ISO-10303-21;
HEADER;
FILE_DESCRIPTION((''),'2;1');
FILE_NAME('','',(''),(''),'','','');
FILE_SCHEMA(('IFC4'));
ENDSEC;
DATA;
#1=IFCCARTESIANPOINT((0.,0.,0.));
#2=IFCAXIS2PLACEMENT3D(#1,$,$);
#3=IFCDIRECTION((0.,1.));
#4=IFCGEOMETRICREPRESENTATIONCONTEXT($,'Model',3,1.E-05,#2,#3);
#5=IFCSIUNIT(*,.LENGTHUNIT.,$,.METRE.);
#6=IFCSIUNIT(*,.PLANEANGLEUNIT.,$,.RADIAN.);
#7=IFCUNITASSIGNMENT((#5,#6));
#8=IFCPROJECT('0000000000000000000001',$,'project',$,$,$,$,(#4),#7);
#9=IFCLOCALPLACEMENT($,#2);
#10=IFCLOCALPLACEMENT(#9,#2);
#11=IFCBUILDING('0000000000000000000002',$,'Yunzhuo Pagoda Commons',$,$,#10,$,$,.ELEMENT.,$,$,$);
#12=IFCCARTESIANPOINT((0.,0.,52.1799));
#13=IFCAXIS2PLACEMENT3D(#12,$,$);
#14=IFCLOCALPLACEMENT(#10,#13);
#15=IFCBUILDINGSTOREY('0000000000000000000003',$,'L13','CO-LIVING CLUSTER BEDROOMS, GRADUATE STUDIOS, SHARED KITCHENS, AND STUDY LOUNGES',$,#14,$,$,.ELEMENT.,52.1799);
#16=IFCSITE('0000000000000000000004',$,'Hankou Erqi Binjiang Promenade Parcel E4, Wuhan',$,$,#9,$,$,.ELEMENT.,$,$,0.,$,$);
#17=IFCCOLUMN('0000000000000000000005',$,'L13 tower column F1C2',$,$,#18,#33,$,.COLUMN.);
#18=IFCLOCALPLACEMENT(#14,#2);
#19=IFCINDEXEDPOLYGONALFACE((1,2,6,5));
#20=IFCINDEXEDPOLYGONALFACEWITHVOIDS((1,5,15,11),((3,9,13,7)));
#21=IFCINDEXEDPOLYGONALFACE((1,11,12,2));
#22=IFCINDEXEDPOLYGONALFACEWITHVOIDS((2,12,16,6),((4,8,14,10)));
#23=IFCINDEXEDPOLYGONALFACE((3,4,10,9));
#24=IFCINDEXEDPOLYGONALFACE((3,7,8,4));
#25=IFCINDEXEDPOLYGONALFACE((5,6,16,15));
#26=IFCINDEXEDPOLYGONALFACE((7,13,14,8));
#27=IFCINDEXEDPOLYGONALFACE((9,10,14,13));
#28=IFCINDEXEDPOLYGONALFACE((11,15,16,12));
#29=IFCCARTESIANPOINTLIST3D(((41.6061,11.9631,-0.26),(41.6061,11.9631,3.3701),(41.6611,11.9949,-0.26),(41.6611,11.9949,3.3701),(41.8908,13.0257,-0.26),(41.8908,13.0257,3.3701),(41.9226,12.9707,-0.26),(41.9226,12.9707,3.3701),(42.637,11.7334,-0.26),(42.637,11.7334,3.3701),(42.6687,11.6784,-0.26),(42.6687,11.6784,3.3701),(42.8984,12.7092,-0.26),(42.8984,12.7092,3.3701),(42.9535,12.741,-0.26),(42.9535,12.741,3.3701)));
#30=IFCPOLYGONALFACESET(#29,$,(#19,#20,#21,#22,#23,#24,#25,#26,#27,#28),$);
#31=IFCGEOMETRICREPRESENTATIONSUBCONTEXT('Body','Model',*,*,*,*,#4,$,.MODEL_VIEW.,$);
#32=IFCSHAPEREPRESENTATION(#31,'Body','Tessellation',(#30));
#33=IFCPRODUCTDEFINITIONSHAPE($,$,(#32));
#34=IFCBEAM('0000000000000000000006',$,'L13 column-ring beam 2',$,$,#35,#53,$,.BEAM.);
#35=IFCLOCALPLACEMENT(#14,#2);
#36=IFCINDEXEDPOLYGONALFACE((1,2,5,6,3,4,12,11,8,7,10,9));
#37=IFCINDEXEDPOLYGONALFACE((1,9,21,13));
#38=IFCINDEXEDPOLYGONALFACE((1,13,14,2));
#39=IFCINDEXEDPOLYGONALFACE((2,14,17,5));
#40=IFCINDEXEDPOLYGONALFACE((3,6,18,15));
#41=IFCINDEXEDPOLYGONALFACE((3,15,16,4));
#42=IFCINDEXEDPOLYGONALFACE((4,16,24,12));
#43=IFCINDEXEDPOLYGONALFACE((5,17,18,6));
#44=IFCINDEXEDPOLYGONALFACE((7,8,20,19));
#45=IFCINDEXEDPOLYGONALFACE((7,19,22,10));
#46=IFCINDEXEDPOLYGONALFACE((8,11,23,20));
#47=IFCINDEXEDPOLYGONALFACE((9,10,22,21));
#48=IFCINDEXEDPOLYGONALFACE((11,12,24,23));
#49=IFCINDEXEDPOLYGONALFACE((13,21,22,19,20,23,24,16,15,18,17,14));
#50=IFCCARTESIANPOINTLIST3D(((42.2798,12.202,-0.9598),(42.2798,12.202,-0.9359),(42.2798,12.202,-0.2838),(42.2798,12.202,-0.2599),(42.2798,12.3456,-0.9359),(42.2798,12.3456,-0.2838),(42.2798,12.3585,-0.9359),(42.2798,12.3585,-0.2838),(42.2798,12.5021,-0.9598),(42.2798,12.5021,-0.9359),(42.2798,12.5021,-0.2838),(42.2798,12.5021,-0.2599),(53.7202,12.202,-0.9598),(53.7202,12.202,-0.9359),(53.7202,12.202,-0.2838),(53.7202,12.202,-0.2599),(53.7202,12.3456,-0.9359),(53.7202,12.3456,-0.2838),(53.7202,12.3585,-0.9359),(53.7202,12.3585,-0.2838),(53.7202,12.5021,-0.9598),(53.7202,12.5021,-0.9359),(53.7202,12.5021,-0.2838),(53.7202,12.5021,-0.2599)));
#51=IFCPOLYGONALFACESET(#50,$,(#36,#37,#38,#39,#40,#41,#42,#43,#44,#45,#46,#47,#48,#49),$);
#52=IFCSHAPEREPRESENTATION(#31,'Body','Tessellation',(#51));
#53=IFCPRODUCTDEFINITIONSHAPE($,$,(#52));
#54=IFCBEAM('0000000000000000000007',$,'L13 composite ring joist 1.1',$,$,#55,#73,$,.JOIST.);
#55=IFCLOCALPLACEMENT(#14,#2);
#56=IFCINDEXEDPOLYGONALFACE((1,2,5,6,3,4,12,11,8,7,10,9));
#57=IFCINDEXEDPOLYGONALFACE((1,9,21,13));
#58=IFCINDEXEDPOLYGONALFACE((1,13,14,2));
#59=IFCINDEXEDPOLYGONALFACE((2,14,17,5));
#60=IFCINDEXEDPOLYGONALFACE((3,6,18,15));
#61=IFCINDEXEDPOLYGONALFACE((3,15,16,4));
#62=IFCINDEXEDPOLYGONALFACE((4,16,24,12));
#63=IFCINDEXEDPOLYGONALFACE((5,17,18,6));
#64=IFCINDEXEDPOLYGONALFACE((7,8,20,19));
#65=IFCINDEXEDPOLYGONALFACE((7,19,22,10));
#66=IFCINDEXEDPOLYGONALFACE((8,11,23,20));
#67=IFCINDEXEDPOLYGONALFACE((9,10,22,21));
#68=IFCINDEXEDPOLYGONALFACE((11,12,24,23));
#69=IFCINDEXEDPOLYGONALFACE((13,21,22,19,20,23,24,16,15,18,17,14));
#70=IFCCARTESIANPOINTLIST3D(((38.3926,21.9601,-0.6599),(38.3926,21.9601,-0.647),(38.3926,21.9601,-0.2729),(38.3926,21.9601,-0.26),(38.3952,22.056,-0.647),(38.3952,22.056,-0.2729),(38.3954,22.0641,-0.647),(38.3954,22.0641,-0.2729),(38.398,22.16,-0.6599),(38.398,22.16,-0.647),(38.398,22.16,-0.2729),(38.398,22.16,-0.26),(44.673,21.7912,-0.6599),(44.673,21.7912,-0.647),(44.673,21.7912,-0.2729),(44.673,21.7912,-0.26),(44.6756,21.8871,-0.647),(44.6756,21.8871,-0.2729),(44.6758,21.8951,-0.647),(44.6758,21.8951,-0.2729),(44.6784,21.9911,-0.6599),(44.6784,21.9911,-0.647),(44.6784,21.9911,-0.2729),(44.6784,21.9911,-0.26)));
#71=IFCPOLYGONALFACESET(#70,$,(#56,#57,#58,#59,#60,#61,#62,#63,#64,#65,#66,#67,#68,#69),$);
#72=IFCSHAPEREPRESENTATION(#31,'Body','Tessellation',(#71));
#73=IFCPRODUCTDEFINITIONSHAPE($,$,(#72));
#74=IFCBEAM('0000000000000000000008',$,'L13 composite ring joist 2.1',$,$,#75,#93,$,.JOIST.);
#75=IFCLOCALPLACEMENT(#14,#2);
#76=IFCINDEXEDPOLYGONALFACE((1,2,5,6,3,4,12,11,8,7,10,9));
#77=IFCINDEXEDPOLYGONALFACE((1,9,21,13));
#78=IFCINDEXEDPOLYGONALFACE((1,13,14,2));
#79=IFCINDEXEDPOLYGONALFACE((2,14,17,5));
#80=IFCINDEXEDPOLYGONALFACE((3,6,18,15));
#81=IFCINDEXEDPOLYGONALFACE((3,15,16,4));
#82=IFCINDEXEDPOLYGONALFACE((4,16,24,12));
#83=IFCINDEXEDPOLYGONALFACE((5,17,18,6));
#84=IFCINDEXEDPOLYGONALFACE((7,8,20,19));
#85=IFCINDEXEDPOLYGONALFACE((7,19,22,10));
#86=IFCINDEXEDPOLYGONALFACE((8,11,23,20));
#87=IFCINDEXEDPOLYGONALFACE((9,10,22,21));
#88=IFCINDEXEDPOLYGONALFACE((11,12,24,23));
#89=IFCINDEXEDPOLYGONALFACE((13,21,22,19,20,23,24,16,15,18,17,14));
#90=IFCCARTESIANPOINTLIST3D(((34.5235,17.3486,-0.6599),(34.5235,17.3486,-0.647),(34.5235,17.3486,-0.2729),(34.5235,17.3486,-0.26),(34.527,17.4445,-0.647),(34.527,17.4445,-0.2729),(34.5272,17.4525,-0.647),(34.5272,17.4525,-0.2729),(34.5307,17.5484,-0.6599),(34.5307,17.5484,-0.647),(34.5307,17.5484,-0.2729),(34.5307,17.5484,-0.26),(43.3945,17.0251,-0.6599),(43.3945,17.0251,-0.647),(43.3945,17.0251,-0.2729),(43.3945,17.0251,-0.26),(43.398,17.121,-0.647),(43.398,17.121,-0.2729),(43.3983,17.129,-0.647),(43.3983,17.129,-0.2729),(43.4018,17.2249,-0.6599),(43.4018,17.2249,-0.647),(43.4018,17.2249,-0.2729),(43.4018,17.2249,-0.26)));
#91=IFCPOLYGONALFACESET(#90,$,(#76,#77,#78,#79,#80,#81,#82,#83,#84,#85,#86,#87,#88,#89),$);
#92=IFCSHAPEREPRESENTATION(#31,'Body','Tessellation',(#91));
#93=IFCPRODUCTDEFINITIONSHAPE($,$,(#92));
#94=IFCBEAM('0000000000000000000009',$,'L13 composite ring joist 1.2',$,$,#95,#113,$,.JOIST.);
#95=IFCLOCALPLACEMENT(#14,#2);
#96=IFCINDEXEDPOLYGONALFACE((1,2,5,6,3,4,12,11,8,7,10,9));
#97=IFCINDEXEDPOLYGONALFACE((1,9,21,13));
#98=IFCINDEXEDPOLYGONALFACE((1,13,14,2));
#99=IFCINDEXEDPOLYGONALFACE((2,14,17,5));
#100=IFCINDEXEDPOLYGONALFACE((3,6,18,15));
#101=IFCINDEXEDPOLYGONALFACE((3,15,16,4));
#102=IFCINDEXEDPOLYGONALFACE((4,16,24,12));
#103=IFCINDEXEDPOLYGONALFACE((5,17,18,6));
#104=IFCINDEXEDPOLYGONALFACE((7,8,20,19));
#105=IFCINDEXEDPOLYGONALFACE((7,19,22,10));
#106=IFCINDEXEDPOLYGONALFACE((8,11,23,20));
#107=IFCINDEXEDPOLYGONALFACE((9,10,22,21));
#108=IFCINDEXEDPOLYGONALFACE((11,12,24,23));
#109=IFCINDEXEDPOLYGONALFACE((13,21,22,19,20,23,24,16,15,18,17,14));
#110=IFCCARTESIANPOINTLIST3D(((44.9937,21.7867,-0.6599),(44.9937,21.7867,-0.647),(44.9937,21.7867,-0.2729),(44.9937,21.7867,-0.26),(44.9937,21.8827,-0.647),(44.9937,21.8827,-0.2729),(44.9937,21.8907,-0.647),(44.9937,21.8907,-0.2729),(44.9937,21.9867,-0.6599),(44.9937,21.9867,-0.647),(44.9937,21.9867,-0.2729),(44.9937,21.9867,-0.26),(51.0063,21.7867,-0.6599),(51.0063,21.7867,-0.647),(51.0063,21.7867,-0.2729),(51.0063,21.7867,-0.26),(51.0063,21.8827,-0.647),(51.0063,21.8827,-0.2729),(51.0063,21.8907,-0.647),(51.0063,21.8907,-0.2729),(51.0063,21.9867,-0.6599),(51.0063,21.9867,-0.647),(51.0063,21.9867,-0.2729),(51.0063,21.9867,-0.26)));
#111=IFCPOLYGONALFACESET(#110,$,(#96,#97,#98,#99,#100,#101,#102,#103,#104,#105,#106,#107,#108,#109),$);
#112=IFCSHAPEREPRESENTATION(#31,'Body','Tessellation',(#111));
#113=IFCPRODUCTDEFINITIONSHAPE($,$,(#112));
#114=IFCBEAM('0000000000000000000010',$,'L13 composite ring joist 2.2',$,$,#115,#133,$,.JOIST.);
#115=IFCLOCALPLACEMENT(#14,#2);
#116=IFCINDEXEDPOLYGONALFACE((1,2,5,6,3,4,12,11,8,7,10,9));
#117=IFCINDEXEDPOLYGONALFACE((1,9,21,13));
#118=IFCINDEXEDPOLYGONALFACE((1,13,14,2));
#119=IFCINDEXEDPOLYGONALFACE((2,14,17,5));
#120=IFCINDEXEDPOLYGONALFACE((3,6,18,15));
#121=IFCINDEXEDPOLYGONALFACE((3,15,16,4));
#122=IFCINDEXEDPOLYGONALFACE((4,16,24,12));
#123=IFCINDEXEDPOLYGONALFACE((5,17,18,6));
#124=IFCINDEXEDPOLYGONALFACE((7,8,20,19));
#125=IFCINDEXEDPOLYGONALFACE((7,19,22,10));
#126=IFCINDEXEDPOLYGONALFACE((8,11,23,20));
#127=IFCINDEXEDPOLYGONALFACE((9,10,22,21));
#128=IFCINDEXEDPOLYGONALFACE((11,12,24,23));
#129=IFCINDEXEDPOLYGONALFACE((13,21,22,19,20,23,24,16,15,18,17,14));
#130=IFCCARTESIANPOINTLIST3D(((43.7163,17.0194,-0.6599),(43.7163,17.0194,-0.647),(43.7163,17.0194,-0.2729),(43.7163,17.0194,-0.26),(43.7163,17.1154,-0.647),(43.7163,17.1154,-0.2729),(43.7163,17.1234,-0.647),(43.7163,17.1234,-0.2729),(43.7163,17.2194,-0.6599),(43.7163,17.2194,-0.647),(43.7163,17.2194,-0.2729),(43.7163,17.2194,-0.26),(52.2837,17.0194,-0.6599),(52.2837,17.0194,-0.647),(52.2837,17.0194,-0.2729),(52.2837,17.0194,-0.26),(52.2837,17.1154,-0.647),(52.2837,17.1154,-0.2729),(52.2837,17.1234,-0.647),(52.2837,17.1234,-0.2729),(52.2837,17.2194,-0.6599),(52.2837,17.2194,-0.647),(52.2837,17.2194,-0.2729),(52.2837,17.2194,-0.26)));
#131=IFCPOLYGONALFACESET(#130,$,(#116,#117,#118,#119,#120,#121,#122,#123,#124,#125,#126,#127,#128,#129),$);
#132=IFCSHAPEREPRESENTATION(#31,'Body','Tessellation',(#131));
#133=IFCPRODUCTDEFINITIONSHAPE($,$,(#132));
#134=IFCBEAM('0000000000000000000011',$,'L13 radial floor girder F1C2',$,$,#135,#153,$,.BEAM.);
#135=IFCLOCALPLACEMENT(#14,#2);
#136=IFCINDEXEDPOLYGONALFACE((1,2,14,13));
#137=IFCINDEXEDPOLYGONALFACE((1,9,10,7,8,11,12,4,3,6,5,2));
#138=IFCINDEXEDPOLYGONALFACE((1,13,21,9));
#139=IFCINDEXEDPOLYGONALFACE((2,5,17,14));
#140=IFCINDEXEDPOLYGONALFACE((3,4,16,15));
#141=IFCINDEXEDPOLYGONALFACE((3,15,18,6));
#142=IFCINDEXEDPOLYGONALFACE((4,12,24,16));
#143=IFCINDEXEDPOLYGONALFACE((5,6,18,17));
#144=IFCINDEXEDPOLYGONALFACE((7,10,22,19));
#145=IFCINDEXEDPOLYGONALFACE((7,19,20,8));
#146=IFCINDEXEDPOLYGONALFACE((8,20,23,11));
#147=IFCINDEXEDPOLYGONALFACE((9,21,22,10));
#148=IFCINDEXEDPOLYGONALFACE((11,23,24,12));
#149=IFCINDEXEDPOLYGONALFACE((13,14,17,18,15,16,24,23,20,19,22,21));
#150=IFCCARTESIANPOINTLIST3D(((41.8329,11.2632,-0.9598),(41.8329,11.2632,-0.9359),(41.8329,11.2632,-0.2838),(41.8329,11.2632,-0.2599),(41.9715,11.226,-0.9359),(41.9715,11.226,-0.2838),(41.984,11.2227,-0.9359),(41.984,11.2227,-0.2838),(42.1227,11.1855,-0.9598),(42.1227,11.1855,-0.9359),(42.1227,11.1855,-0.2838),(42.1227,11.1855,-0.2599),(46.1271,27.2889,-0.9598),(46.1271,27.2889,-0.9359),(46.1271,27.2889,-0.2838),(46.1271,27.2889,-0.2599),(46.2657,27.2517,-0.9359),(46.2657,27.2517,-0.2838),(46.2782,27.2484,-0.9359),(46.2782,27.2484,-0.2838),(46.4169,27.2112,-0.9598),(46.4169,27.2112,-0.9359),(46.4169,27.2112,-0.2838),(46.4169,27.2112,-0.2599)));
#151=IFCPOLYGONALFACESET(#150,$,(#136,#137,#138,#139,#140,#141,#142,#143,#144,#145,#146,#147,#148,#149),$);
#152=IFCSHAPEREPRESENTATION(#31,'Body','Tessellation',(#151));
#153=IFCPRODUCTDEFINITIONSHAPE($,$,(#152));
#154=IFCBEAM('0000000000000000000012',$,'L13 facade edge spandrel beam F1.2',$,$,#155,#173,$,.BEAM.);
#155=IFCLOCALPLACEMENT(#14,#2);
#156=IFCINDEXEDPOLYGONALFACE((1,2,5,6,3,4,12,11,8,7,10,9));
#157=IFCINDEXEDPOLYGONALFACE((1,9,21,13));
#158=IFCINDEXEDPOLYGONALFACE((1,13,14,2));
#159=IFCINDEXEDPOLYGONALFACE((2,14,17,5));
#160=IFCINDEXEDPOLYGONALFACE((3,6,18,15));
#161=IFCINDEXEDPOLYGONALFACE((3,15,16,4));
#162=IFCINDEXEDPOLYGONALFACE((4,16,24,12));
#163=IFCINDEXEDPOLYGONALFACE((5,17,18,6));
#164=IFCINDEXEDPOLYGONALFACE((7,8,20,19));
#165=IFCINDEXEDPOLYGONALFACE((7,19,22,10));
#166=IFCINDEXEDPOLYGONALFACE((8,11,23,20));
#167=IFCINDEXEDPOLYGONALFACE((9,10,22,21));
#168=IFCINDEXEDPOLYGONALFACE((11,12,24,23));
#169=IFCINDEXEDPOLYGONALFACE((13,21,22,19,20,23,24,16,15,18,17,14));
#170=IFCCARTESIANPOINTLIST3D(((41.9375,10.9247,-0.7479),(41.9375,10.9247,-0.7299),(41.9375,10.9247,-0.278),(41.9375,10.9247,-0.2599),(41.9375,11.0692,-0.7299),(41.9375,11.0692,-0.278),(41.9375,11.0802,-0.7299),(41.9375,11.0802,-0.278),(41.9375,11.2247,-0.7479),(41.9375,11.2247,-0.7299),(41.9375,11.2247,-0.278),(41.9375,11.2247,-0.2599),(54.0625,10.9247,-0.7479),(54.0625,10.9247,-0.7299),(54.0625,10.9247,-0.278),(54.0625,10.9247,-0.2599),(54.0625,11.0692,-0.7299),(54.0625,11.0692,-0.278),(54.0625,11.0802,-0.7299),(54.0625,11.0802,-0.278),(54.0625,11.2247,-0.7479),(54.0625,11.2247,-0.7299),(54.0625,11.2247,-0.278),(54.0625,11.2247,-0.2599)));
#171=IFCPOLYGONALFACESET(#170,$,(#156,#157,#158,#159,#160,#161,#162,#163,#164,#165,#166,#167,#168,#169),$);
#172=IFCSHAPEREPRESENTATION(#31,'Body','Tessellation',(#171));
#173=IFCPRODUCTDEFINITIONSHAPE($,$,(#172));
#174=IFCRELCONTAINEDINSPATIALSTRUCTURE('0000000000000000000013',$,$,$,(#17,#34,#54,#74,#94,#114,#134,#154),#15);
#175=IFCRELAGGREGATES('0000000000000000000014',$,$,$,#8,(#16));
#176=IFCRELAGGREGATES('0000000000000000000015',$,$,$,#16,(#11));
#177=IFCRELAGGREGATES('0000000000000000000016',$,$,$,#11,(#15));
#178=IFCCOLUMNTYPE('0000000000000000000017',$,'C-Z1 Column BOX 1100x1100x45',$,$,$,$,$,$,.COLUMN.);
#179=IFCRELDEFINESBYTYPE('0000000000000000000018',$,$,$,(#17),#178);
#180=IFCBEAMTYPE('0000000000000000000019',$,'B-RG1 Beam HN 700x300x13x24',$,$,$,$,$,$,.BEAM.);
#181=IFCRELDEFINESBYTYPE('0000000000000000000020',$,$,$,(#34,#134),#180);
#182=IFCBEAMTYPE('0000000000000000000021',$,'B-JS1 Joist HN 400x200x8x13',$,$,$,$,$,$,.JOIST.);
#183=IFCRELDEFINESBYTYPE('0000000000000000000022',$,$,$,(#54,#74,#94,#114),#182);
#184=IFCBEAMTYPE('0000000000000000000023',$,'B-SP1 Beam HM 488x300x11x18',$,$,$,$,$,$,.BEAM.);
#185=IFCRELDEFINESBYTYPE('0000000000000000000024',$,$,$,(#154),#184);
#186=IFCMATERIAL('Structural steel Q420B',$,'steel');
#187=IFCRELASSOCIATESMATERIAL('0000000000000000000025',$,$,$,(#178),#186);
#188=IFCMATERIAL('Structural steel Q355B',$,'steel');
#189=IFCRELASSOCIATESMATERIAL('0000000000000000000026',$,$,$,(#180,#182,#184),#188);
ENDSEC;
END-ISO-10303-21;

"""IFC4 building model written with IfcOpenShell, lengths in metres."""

from ifc_helpers import new_model, si_unit, direction, frame, origin, origin_2d, place, context, subcontext, project, spatial, hollow_rectangle, i_section, extrude, source, transform, mapped, material, material_profile, profile_set, type_object, element, save


model = new_model("IFC4")

# Units and contexts
model_context = context("Model", 3, precision=1e-05, world=origin(), true_north=direction((0.0, 1.0)))
body_context = subcontext(model_context, "Body", "Model", "MODEL_VIEW")
ifc_project = project(units=[si_unit("LENGTHUNIT", "METRE"), si_unit("PLANEANGLEUNIT", "RADIAN")], contexts=[model_context])

# Site, building, storey
site_placement = place(None, origin())
site = spatial("IfcSite", under=ifc_project, at=site_placement, Name="Hankou Erqi Binjiang Promenade Parcel E4, Wuhan", CompositionType="ELEMENT", RefElevation=0.0)
building_placement = place(site_placement, origin())
building = spatial("IfcBuilding", under=site, at=building_placement, Name="Yunzhuo Pagoda Commons", CompositionType="ELEMENT")
storey_placement = place(building_placement, frame((0.0, 0.0, 52.1799)))
storey = spatial("IfcBuildingStorey", under=building, at=storey_placement, Name="L13", Description="CO-LIVING CLUSTER BEDROOMS, GRADUATE STUDIOS, SHARED KITCHENS, AND STUDY LOUNGES", CompositionType="ELEMENT", Elevation=52.1799)

# Column
ifc_material_1 = material(Name="Structural steel Q420B", Category="steel")
ifc_material_profile_1 = material_profile(ifc_material_1, hollow_rectangle(XDim=1.1001, YDim=1.1001, WallThickness=0.0449, at=origin_2d()), Name="Structural steel Q420B")
ifc_profile_set_1 = profile_set([ifc_material_profile_1], Name="Structural steel Q420B")
column_type = type_object("IfcColumnType", Name="C-Z1 Column BOX 1100x1100x45", PredefinedType="COLUMN", material=ifc_profile_set_1)
shared_shape_1 = source(origin(), body_context, "Body", "SweptSolid", [
    extrude(hollow_rectangle(XDim=1.1001, YDim=1.1001, WallThickness=0.0449, at=origin_2d()), origin(), (0.0, 0.0, 1.0), 3.6301),
])
column_placement = place(storey_placement, frame((42.2798, 12.3521, -0.26), z_axis=(0.0, 0.0, 1.0), x_axis=(0.965926, -0.258819, 0.0)))
element("IfcColumn", 1, at=column_placement, inside=storey, type_object=column_type, Name="L13 tower column F1C2", PredefinedType="COLUMN", context=body_context, shape_type="MappedRepresentation", body=[
    mapped(shared_shape_1, transform((0.0, 0.0, 0.0), scale=1.0)),
])

# Beams
ifc_material_2 = material(Name="Structural steel Q355B", Category="steel")
ifc_material_profile_2 = material_profile(ifc_material_2, i_section(OverallWidth=0.3, OverallDepth=0.7, WebThickness=0.0129, FlangeThickness=0.0239, at=origin_2d()), Name="Structural steel Q355B")
ifc_profile_set_2 = profile_set([ifc_material_profile_2], Name="Structural steel Q355B")
beam_type_1 = type_object("IfcBeamType", Name="B-RG1 Beam HN 700x300x13x24", PredefinedType="BEAM", material=ifc_profile_set_2)
shared_shape_2 = source(origin(), body_context, "Body", "SweptSolid", [
    extrude(i_section(OverallWidth=0.3, OverallDepth=0.7, WebThickness=0.0129, FlangeThickness=0.0239, at=origin_2d()), origin(), (0.0, 0.0, 1.0), 11.4404),
])
beam_1_placement = place(storey_placement, frame((42.2798, 12.3521, -0.6099), z_axis=(1.0, 0.0, 0.0), x_axis=(0.0, 1.0, 0.0)))
element("IfcBeam", 2, at=beam_1_placement, inside=storey, type_object=beam_type_1, Name="L13 column-ring beam 2", PredefinedType="BEAM", context=body_context, shape_type="MappedRepresentation", body=[
    mapped(shared_shape_2, transform((0.0, 0.0, 0.0), scale=1.0)),
])
ifc_material_profile_3 = material_profile(ifc_material_2, i_section(OverallWidth=0.2, OverallDepth=0.3999, WebThickness=0.0081, FlangeThickness=0.0129, at=origin_2d()), Name="Structural steel Q355B")
ifc_profile_set_3 = profile_set([ifc_material_profile_3], Name="Structural steel Q355B")
beam_type_2 = type_object("IfcBeamType", Name="B-JS1 Joist HN 400x200x8x13", PredefinedType="JOIST", material=ifc_profile_set_3)
shared_shape_3 = source(origin(), body_context, "Body", "SweptSolid", [
    extrude(i_section(OverallWidth=0.2, OverallDepth=0.3999, WebThickness=0.0081, FlangeThickness=0.0129, at=origin_2d()), origin(), (0.0, 0.0, 1.0), 6.2827),
])
beam_2_placement = place(storey_placement, frame((38.3953, 22.0601, -0.46), z_axis=(0.999638, -0.02689, 0.0), x_axis=(0.02689, 0.999638, 0.0)))
element("IfcBeam", 3, at=beam_2_placement, inside=storey, type_object=beam_type_2, Name="L13 composite ring joist 1.1", PredefinedType="JOIST", context=body_context, shape_type="MappedRepresentation", body=[
    mapped(shared_shape_3, transform((0.0, 0.0, 0.0), scale=1.0)),
])
shared_shape_4 = source(origin(), body_context, "Body", "SweptSolid", [
    extrude(i_section(OverallWidth=0.2, OverallDepth=0.3999, WebThickness=0.0081, FlangeThickness=0.0129, at=origin_2d()), origin(), (0.0, 0.0, 1.0), 8.877),
])
beam_3_placement = place(storey_placement, frame((34.5271, 17.4485, -0.46), z_axis=(0.999336, -0.036441, 0.0), x_axis=(0.036441, 0.999336, 0.0)))
element("IfcBeam", 4, at=beam_3_placement, inside=storey, type_object=beam_type_2, Name="L13 composite ring joist 2.1", PredefinedType="JOIST", context=body_context, shape_type="MappedRepresentation", body=[
    mapped(shared_shape_4, transform((0.0, 0.0, 0.0), scale=1.0)),
])
shared_shape_5 = source(origin(), body_context, "Body", "SweptSolid", [
    extrude(i_section(OverallWidth=0.2, OverallDepth=0.3999, WebThickness=0.0081, FlangeThickness=0.0129, at=origin_2d()), origin(), (0.0, 0.0, 1.0), 6.0127),
])
beam_4_placement = place(storey_placement, frame((44.9937, 21.8867, -0.46), z_axis=(1.0, 0.0, 0.0), x_axis=(0.0, 1.0, 0.0)))
element("IfcBeam", 5, at=beam_4_placement, inside=storey, type_object=beam_type_2, Name="L13 composite ring joist 1.2", PredefinedType="JOIST", context=body_context, shape_type="MappedRepresentation", body=[
    mapped(shared_shape_5, transform((0.0, 0.0, 0.0), scale=1.0)),
])
shared_shape_6 = source(origin(), body_context, "Body", "SweptSolid", [
    extrude(i_section(OverallWidth=0.2, OverallDepth=0.3999, WebThickness=0.0081, FlangeThickness=0.0129, at=origin_2d()), origin(), (0.0, 0.0, 1.0), 8.5674),
])
beam_5_placement = place(storey_placement, frame((43.7163, 17.1194, -0.46), z_axis=(1.0, 0.0, 0.0), x_axis=(0.0, 1.0, 0.0)))
element("IfcBeam", 6, at=beam_5_placement, inside=storey, type_object=beam_type_2, Name="L13 composite ring joist 2.2", PredefinedType="JOIST", context=body_context, shape_type="MappedRepresentation", body=[
    mapped(shared_shape_6, transform((0.0, 0.0, 0.0), scale=1.0)),
])
shared_shape_7 = source(origin(), body_context, "Body", "SweptSolid", [
    extrude(i_section(OverallWidth=0.3, OverallDepth=0.7, WebThickness=0.0129, FlangeThickness=0.0239, at=origin_2d()), origin(), (0.0, 0.0, 1.0), 16.5911),
])
beam_6_placement = place(storey_placement, frame((41.9778, 11.2244, -0.6099), z_axis=(0.258827, 0.965924, 0.0), x_axis=(-0.965924, 0.258827, 0.0)))
element("IfcBeam", 7, at=beam_6_placement, inside=storey, type_object=beam_type_1, Name="L13 radial floor girder F1C2", PredefinedType="BEAM", context=body_context, shape_type="MappedRepresentation", body=[
    mapped(shared_shape_7, transform((0.0, 0.0, 0.0), scale=1.0)),
])
ifc_material_profile_4 = material_profile(ifc_material_2, i_section(OverallWidth=0.3, OverallDepth=0.488, WebThickness=0.011, FlangeThickness=0.0181, at=origin_2d()), Name="Structural steel Q355B")
ifc_profile_set_4 = profile_set([ifc_material_profile_4], Name="Structural steel Q355B")
beam_type_3 = type_object("IfcBeamType", Name="B-SP1 Beam HM 488x300x11x18", PredefinedType="BEAM", material=ifc_profile_set_4)
shared_shape_8 = source(origin(), body_context, "Body", "SweptSolid", [
    extrude(i_section(OverallWidth=0.3, OverallDepth=0.488, WebThickness=0.011, FlangeThickness=0.0181, at=origin_2d()), origin(), (0.0, 0.0, 1.0), 12.125),
])
beam_7_placement = place(storey_placement, frame((41.9375, 11.0747, -0.5039), z_axis=(1.0, 0.0, 0.0), x_axis=(0.0, 1.0, 0.0)))
element("IfcBeam", 8, at=beam_7_placement, inside=storey, type_object=beam_type_3, Name="L13 facade edge spandrel beam F1.2", PredefinedType="BEAM", context=body_context, shape_type="MappedRepresentation", body=[
    mapped(shared_shape_8, transform((0.0, 0.0, 0.0), scale=1.0)),
])

save(model, "model.ifc")
